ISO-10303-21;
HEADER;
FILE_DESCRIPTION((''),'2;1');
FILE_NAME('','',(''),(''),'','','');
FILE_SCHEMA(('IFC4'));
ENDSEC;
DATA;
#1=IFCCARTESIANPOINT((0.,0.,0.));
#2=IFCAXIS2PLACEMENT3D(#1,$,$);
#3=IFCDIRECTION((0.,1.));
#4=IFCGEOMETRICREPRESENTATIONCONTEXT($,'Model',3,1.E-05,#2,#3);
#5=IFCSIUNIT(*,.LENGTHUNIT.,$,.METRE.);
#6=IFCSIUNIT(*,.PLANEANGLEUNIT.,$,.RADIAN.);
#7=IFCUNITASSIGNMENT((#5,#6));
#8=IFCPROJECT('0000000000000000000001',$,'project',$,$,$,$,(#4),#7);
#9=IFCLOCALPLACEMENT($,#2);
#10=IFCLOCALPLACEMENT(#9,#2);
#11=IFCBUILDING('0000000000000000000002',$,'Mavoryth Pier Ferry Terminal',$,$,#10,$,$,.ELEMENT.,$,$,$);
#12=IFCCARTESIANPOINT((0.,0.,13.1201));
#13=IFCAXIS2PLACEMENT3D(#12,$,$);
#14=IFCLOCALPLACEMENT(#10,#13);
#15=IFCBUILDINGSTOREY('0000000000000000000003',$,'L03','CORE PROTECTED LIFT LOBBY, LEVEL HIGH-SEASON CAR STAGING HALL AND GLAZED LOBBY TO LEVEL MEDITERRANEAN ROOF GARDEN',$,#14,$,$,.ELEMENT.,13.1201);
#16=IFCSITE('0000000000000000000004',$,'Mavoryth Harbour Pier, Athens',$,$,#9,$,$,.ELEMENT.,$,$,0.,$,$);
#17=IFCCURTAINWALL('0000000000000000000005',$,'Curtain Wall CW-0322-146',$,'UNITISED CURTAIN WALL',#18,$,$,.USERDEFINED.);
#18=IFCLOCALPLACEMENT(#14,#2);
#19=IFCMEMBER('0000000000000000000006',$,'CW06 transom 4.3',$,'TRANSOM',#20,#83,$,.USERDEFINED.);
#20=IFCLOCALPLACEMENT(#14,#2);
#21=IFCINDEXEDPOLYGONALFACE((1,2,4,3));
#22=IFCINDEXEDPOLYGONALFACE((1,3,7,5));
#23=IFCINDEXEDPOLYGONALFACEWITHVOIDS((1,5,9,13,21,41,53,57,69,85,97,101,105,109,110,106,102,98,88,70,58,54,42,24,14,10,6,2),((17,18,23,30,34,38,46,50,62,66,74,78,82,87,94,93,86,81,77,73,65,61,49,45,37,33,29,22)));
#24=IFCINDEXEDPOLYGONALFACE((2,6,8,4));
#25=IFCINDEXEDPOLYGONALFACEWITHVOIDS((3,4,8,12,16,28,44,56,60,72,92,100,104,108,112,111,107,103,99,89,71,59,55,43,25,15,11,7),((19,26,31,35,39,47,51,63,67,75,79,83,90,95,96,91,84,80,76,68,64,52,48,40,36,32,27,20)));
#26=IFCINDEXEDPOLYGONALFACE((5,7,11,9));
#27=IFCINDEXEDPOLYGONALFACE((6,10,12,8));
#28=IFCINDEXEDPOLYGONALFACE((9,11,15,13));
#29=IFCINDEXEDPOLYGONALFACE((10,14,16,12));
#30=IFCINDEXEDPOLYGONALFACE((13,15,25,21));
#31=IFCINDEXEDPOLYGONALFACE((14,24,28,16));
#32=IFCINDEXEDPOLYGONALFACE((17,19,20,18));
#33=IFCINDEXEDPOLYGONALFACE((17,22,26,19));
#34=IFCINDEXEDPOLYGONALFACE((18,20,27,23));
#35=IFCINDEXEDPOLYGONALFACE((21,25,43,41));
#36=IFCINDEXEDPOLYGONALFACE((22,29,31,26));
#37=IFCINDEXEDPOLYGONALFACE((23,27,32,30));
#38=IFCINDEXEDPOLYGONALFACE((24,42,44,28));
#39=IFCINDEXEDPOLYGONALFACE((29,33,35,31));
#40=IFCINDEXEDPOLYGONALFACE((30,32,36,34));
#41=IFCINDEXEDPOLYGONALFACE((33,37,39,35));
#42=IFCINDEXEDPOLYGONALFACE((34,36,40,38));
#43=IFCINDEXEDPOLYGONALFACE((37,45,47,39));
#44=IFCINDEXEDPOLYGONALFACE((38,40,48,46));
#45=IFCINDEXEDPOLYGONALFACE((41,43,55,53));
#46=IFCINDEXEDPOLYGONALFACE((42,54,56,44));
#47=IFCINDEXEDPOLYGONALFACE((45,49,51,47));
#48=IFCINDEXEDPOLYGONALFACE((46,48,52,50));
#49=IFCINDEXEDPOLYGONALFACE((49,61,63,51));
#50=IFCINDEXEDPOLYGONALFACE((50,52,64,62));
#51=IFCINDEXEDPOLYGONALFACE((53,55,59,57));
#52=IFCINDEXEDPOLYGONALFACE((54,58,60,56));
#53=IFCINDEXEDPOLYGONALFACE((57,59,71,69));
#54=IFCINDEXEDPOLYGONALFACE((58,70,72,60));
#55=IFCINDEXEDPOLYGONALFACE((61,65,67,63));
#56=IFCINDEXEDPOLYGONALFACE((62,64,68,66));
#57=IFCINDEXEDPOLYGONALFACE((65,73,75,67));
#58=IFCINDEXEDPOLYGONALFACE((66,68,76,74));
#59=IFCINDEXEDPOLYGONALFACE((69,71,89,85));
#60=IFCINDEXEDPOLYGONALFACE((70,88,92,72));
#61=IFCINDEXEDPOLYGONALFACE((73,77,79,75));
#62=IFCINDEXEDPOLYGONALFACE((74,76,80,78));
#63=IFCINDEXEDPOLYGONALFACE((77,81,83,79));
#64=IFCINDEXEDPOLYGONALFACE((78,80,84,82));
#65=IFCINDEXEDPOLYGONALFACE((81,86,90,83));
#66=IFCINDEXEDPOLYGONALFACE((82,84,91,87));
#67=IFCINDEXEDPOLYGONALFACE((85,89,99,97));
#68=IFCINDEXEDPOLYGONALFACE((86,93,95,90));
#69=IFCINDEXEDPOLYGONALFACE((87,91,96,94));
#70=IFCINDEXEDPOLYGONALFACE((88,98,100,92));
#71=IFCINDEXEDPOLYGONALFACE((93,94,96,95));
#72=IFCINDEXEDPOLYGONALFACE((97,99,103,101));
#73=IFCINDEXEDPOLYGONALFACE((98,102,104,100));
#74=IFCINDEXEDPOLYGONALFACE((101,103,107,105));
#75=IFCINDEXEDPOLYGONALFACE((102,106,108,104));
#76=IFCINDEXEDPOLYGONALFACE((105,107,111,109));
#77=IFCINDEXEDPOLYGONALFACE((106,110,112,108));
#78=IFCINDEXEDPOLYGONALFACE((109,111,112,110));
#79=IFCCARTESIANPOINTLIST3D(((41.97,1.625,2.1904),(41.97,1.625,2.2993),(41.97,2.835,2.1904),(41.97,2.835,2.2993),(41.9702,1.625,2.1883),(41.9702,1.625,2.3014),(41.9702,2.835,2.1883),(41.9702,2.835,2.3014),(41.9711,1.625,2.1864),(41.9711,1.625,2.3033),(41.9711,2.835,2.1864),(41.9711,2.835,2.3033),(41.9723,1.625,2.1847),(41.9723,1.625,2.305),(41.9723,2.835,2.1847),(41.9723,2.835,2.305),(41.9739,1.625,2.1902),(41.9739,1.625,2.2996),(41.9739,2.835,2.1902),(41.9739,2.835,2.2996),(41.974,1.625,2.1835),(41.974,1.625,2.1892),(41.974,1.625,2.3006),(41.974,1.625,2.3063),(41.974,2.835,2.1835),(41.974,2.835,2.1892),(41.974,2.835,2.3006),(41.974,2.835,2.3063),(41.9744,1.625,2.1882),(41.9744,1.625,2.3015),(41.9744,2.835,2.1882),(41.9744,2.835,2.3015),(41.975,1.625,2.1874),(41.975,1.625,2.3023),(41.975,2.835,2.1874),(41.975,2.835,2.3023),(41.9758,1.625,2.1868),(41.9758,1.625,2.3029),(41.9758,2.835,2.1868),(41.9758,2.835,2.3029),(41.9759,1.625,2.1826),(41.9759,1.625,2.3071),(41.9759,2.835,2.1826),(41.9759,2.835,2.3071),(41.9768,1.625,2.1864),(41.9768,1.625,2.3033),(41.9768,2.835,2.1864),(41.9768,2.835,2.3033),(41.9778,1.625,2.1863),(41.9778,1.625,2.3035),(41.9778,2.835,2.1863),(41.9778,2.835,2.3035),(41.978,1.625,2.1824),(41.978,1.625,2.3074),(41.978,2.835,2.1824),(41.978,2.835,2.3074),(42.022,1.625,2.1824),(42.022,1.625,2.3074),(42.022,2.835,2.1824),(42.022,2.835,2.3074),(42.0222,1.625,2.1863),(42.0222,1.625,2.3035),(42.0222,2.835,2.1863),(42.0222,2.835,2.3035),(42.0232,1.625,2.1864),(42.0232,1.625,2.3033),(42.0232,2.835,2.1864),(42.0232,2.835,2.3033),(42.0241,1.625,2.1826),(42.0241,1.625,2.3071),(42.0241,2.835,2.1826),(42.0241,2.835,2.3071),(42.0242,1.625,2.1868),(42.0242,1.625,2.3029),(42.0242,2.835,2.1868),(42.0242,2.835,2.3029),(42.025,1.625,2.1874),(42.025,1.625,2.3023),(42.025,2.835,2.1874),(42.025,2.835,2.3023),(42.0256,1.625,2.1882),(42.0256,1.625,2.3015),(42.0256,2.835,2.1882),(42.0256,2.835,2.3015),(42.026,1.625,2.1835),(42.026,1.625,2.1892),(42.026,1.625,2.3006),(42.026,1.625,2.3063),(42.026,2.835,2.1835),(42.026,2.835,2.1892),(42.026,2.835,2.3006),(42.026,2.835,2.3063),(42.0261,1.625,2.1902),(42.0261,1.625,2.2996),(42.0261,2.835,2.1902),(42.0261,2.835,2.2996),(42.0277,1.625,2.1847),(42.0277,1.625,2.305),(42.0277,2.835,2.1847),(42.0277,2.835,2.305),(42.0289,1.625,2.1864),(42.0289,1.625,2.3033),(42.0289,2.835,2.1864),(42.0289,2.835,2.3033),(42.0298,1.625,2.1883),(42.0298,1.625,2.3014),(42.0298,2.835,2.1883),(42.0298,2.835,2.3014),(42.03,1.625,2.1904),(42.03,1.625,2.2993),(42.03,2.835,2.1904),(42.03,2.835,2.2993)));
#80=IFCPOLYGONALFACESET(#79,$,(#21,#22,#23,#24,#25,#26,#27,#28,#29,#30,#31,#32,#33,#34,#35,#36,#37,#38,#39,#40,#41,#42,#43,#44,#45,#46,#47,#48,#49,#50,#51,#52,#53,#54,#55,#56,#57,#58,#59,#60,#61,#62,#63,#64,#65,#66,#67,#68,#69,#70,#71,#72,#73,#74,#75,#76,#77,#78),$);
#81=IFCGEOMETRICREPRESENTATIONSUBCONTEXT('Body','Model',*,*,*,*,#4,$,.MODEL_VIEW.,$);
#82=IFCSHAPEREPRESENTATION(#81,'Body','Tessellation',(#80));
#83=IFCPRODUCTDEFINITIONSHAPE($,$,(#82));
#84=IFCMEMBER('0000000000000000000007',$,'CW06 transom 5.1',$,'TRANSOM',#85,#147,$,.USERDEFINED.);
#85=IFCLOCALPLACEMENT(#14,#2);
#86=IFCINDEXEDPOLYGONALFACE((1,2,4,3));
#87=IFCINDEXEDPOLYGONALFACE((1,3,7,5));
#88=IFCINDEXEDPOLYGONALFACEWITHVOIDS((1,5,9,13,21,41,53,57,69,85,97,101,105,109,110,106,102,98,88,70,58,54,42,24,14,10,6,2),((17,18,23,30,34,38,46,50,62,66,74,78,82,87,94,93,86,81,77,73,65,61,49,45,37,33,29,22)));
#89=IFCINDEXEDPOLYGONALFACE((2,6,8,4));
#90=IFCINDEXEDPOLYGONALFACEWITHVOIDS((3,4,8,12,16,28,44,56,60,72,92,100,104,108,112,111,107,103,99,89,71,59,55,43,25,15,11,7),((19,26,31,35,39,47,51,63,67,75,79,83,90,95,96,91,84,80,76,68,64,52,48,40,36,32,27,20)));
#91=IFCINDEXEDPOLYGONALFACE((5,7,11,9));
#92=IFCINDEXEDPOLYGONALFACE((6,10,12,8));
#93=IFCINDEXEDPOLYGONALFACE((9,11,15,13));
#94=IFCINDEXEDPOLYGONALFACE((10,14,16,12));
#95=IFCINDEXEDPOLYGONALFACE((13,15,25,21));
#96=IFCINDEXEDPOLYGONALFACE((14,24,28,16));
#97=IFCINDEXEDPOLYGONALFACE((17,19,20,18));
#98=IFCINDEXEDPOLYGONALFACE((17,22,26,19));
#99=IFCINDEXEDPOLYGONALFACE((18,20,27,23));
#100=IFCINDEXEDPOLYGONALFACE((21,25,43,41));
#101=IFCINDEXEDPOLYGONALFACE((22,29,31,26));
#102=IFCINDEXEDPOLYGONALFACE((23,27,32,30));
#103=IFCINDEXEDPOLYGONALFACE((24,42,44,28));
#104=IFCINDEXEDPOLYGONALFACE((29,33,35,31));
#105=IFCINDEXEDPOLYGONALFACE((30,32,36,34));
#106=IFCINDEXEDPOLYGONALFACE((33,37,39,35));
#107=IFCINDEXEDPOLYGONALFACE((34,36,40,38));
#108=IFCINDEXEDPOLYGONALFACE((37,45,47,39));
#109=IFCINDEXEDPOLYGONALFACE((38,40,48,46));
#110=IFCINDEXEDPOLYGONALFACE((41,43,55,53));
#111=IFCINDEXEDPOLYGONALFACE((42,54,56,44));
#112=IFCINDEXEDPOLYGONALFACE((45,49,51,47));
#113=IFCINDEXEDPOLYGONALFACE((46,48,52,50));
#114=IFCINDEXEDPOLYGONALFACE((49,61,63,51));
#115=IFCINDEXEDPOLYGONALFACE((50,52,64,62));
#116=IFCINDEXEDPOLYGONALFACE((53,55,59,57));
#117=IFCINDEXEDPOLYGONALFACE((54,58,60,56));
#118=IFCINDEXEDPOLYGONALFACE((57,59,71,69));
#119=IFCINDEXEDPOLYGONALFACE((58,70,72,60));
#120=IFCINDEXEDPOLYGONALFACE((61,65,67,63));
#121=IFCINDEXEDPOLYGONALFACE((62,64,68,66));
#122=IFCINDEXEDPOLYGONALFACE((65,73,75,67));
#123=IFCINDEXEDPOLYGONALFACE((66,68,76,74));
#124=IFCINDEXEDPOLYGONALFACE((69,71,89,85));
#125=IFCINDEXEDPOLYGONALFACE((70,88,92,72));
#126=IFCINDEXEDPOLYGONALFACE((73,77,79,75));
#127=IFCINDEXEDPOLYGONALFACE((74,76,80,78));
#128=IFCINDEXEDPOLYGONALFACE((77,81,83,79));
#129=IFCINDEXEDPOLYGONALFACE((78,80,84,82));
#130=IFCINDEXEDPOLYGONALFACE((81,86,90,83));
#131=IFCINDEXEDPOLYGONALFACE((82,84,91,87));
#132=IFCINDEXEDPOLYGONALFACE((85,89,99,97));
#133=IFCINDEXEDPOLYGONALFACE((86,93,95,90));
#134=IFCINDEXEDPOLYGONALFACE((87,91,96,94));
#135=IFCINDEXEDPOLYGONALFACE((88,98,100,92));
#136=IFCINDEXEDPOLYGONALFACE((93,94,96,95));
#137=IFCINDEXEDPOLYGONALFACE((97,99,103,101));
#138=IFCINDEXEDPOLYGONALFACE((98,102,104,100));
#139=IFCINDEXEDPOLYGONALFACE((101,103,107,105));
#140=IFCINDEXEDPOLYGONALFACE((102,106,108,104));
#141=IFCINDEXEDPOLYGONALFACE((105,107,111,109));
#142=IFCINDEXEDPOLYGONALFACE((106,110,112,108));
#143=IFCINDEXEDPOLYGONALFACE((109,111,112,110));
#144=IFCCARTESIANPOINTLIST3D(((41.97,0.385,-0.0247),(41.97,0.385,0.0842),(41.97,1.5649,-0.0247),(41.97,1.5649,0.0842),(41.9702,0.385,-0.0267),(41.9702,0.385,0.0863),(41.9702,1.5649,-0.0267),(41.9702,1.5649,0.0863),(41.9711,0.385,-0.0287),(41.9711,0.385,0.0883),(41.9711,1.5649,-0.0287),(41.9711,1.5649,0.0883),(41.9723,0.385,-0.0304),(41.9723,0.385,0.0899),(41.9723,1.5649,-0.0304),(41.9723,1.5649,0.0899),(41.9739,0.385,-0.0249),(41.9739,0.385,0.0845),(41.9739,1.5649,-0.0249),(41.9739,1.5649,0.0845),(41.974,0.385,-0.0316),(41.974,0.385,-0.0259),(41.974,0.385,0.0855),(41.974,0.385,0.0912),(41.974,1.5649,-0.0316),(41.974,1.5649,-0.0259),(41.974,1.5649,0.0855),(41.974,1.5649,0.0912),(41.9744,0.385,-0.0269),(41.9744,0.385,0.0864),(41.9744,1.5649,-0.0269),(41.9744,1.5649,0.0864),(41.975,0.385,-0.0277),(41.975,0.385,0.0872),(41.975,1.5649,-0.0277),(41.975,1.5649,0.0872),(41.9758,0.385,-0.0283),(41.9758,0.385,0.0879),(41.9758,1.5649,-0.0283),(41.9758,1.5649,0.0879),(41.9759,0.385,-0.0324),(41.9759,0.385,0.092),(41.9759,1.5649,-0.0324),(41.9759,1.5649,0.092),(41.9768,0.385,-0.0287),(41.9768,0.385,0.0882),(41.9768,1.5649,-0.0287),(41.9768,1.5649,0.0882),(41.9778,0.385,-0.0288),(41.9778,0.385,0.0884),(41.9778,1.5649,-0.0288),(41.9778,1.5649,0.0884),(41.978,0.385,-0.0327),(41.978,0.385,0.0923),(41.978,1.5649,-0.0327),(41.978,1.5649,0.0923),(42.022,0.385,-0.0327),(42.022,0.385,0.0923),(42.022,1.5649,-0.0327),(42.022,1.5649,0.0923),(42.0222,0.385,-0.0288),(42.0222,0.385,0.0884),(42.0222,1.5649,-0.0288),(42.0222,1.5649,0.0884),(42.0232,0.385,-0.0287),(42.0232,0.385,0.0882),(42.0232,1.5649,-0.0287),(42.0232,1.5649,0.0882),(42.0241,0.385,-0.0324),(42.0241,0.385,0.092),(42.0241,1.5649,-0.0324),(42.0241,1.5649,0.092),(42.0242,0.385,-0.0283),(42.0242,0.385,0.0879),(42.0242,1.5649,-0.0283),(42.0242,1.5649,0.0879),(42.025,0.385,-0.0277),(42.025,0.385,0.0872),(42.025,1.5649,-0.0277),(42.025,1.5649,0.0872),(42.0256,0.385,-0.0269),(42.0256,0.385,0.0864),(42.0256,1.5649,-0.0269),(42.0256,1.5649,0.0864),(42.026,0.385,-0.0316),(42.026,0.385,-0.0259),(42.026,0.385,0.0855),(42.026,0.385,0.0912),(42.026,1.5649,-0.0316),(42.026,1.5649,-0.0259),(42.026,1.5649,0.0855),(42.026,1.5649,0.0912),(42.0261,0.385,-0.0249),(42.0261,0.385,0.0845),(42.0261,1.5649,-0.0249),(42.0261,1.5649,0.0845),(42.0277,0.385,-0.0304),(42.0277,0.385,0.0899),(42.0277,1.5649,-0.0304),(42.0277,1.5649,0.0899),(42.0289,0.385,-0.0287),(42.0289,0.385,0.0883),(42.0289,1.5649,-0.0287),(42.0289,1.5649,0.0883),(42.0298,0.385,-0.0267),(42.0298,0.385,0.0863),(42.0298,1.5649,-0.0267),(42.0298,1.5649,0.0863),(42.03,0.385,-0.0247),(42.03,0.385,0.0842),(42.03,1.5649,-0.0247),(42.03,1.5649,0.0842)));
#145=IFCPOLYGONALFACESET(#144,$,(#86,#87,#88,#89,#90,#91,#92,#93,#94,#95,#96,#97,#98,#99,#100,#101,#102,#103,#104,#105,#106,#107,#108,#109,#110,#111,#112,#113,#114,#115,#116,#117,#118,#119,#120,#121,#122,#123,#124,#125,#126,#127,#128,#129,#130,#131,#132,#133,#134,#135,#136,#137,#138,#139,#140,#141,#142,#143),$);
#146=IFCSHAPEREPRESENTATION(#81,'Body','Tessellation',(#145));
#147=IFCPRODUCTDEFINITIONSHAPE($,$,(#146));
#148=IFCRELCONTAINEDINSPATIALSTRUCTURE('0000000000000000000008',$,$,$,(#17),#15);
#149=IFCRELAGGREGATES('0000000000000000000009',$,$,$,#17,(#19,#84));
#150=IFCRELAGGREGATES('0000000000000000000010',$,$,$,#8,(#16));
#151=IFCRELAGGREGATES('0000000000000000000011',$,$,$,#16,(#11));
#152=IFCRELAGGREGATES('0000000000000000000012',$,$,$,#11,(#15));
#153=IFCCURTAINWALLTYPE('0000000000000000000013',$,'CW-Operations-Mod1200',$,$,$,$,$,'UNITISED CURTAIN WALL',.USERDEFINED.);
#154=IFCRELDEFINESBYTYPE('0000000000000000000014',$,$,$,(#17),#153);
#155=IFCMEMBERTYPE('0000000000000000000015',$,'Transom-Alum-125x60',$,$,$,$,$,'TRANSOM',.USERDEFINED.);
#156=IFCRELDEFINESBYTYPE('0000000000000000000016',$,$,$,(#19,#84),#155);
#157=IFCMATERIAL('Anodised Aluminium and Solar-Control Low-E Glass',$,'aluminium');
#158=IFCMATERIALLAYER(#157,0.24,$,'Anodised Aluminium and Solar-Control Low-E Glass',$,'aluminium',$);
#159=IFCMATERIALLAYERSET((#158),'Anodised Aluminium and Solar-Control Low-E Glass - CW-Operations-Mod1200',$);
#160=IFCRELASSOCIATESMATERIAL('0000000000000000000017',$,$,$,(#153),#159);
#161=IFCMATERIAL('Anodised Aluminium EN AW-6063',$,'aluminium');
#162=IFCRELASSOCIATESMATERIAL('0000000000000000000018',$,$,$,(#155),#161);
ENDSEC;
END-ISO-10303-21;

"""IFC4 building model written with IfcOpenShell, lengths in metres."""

from ifc_helpers import new_model, si_unit, direction, frame, origin, origin_2d, place, context, subcontext, project, spatial, hollow_rectangle, extrude, material, layer, layer_set, material_profile, profile_set, type_object, element, aggregate, save


model = new_model("IFC4")

# Units and contexts
model_context = context("Model", 3, precision=1e-05, world=origin(), true_north=direction((0.0, 1.0)))
body_context = subcontext(model_context, "Body", "Model", "MODEL_VIEW")
ifc_project = project(units=[si_unit("LENGTHUNIT", "METRE"), si_unit("PLANEANGLEUNIT", "RADIAN")], contexts=[model_context])

# Site, building, storey
site_placement = place(None, origin())
site = spatial("IfcSite", under=ifc_project, at=site_placement, Name="Mavoryth Harbour Pier, Athens", CompositionType="ELEMENT", RefElevation=0.0)
building_placement = place(site_placement, origin())
building = spatial("IfcBuilding", under=site, at=building_placement, Name="Mavoryth Pier Ferry Terminal", CompositionType="ELEMENT")
storey_placement = place(building_placement, frame((0.0, 0.0, 13.1201)))
storey = spatial("IfcBuildingStorey", under=building, at=storey_placement, Name="L03", Description="CORE PROTECTED LIFT LOBBY, LEVEL HIGH-SEASON CAR STAGING HALL AND GLAZED LOBBY TO LEVEL MEDITERRANEAN ROOF GARDEN", CompositionType="ELEMENT", Elevation=13.1201)

# Shared definitions
ifc_material_1 = material(Name="Anodised Aluminium and Solar-Control Low-E Glass", Category="aluminium")
ifc_layer_1 = layer(ifc_material_1, 0.24, Name="Anodised Aluminium and Solar-Control Low-E Glass", Category="aluminium")
ifc_layer_set_1 = layer_set([ifc_layer_1], Name="Anodised Aluminium and Solar-Control Low-E Glass - CW-Operations-Mod1200")
curtain_wall_type = type_object("IfcCurtainWallType", Name="CW-Operations-Mod1200", ElementType="UNITISED CURTAIN WALL", PredefinedType="USERDEFINED", material=ifc_layer_set_1)
ifc_material_2 = material(Name="Anodised Aluminium EN AW-6063", Category="aluminium")

# Curtain wall, members
curtain_wall_1_placement = place(storey_placement, origin())
curtain_wall_1 = element("IfcCurtainWall", 1, at=curtain_wall_1_placement, inside=storey, type_object=curtain_wall_type, Name="Curtain Wall CW-0322-146", ObjectType="UNITISED CURTAIN WALL", PredefinedType="USERDEFINED")
ifc_material_profile_1 = material_profile(ifc_material_2, hollow_rectangle(XDim=0.0601, YDim=0.125, WallThickness=0.0039, InnerFilletRadius=0.0039, OuterFilletRadius=0.0081, at=origin_2d()), Name="AL-TRAN 125x60x4", Category="aluminium")
ifc_profile_set_1 = profile_set([ifc_material_profile_1], Name="Anodised Aluminium EN AW-6063 - AL-TRAN 125x60x4")
member_type_1 = type_object("IfcMemberType", Name="Transom-Alum-125x60", ElementType="TRANSOM", PredefinedType="USERDEFINED", material=ifc_profile_set_1)
member_1_placement = place(storey_placement, frame((42.0, 2.835, 2.2449), z_axis=(0.0, -1.0, 0.0), x_axis=(1.0, 0.0, 0.0)))
member_1 = element("IfcMember", 2, at=member_1_placement, type_object=member_type_1, Name="CW06 transom 4.3", ObjectType="TRANSOM", PredefinedType="USERDEFINED", context=body_context, shape_type="SweptSolid", body=[
    extrude(hollow_rectangle(XDim=0.0601, YDim=0.125, WallThickness=0.0039, InnerFilletRadius=0.0039, OuterFilletRadius=0.0081, at=origin_2d()), origin(), (0.0, 0.0, 1.0), 1.21),
])
member_2_placement = place(storey_placement, frame((42.0, 1.5649, 0.0298), z_axis=(0.0, -1.0, 0.0), x_axis=(1.0, 0.0, 0.0)))
member_2 = element("IfcMember", 3, at=member_2_placement, type_object=member_type_1, Name="CW06 transom 5.1", ObjectType="TRANSOM", PredefinedType="USERDEFINED", context=body_context, shape_type="SweptSolid", body=[
    extrude(hollow_rectangle(XDim=0.0601, YDim=0.125, WallThickness=0.0039, InnerFilletRadius=0.0039, OuterFilletRadius=0.0081, at=origin_2d()), origin(), (0.0, 0.0, 1.0), 1.1799),
])
aggregate(curtain_wall_1, [member_1, member_2])

save(model, "model.ifc")
